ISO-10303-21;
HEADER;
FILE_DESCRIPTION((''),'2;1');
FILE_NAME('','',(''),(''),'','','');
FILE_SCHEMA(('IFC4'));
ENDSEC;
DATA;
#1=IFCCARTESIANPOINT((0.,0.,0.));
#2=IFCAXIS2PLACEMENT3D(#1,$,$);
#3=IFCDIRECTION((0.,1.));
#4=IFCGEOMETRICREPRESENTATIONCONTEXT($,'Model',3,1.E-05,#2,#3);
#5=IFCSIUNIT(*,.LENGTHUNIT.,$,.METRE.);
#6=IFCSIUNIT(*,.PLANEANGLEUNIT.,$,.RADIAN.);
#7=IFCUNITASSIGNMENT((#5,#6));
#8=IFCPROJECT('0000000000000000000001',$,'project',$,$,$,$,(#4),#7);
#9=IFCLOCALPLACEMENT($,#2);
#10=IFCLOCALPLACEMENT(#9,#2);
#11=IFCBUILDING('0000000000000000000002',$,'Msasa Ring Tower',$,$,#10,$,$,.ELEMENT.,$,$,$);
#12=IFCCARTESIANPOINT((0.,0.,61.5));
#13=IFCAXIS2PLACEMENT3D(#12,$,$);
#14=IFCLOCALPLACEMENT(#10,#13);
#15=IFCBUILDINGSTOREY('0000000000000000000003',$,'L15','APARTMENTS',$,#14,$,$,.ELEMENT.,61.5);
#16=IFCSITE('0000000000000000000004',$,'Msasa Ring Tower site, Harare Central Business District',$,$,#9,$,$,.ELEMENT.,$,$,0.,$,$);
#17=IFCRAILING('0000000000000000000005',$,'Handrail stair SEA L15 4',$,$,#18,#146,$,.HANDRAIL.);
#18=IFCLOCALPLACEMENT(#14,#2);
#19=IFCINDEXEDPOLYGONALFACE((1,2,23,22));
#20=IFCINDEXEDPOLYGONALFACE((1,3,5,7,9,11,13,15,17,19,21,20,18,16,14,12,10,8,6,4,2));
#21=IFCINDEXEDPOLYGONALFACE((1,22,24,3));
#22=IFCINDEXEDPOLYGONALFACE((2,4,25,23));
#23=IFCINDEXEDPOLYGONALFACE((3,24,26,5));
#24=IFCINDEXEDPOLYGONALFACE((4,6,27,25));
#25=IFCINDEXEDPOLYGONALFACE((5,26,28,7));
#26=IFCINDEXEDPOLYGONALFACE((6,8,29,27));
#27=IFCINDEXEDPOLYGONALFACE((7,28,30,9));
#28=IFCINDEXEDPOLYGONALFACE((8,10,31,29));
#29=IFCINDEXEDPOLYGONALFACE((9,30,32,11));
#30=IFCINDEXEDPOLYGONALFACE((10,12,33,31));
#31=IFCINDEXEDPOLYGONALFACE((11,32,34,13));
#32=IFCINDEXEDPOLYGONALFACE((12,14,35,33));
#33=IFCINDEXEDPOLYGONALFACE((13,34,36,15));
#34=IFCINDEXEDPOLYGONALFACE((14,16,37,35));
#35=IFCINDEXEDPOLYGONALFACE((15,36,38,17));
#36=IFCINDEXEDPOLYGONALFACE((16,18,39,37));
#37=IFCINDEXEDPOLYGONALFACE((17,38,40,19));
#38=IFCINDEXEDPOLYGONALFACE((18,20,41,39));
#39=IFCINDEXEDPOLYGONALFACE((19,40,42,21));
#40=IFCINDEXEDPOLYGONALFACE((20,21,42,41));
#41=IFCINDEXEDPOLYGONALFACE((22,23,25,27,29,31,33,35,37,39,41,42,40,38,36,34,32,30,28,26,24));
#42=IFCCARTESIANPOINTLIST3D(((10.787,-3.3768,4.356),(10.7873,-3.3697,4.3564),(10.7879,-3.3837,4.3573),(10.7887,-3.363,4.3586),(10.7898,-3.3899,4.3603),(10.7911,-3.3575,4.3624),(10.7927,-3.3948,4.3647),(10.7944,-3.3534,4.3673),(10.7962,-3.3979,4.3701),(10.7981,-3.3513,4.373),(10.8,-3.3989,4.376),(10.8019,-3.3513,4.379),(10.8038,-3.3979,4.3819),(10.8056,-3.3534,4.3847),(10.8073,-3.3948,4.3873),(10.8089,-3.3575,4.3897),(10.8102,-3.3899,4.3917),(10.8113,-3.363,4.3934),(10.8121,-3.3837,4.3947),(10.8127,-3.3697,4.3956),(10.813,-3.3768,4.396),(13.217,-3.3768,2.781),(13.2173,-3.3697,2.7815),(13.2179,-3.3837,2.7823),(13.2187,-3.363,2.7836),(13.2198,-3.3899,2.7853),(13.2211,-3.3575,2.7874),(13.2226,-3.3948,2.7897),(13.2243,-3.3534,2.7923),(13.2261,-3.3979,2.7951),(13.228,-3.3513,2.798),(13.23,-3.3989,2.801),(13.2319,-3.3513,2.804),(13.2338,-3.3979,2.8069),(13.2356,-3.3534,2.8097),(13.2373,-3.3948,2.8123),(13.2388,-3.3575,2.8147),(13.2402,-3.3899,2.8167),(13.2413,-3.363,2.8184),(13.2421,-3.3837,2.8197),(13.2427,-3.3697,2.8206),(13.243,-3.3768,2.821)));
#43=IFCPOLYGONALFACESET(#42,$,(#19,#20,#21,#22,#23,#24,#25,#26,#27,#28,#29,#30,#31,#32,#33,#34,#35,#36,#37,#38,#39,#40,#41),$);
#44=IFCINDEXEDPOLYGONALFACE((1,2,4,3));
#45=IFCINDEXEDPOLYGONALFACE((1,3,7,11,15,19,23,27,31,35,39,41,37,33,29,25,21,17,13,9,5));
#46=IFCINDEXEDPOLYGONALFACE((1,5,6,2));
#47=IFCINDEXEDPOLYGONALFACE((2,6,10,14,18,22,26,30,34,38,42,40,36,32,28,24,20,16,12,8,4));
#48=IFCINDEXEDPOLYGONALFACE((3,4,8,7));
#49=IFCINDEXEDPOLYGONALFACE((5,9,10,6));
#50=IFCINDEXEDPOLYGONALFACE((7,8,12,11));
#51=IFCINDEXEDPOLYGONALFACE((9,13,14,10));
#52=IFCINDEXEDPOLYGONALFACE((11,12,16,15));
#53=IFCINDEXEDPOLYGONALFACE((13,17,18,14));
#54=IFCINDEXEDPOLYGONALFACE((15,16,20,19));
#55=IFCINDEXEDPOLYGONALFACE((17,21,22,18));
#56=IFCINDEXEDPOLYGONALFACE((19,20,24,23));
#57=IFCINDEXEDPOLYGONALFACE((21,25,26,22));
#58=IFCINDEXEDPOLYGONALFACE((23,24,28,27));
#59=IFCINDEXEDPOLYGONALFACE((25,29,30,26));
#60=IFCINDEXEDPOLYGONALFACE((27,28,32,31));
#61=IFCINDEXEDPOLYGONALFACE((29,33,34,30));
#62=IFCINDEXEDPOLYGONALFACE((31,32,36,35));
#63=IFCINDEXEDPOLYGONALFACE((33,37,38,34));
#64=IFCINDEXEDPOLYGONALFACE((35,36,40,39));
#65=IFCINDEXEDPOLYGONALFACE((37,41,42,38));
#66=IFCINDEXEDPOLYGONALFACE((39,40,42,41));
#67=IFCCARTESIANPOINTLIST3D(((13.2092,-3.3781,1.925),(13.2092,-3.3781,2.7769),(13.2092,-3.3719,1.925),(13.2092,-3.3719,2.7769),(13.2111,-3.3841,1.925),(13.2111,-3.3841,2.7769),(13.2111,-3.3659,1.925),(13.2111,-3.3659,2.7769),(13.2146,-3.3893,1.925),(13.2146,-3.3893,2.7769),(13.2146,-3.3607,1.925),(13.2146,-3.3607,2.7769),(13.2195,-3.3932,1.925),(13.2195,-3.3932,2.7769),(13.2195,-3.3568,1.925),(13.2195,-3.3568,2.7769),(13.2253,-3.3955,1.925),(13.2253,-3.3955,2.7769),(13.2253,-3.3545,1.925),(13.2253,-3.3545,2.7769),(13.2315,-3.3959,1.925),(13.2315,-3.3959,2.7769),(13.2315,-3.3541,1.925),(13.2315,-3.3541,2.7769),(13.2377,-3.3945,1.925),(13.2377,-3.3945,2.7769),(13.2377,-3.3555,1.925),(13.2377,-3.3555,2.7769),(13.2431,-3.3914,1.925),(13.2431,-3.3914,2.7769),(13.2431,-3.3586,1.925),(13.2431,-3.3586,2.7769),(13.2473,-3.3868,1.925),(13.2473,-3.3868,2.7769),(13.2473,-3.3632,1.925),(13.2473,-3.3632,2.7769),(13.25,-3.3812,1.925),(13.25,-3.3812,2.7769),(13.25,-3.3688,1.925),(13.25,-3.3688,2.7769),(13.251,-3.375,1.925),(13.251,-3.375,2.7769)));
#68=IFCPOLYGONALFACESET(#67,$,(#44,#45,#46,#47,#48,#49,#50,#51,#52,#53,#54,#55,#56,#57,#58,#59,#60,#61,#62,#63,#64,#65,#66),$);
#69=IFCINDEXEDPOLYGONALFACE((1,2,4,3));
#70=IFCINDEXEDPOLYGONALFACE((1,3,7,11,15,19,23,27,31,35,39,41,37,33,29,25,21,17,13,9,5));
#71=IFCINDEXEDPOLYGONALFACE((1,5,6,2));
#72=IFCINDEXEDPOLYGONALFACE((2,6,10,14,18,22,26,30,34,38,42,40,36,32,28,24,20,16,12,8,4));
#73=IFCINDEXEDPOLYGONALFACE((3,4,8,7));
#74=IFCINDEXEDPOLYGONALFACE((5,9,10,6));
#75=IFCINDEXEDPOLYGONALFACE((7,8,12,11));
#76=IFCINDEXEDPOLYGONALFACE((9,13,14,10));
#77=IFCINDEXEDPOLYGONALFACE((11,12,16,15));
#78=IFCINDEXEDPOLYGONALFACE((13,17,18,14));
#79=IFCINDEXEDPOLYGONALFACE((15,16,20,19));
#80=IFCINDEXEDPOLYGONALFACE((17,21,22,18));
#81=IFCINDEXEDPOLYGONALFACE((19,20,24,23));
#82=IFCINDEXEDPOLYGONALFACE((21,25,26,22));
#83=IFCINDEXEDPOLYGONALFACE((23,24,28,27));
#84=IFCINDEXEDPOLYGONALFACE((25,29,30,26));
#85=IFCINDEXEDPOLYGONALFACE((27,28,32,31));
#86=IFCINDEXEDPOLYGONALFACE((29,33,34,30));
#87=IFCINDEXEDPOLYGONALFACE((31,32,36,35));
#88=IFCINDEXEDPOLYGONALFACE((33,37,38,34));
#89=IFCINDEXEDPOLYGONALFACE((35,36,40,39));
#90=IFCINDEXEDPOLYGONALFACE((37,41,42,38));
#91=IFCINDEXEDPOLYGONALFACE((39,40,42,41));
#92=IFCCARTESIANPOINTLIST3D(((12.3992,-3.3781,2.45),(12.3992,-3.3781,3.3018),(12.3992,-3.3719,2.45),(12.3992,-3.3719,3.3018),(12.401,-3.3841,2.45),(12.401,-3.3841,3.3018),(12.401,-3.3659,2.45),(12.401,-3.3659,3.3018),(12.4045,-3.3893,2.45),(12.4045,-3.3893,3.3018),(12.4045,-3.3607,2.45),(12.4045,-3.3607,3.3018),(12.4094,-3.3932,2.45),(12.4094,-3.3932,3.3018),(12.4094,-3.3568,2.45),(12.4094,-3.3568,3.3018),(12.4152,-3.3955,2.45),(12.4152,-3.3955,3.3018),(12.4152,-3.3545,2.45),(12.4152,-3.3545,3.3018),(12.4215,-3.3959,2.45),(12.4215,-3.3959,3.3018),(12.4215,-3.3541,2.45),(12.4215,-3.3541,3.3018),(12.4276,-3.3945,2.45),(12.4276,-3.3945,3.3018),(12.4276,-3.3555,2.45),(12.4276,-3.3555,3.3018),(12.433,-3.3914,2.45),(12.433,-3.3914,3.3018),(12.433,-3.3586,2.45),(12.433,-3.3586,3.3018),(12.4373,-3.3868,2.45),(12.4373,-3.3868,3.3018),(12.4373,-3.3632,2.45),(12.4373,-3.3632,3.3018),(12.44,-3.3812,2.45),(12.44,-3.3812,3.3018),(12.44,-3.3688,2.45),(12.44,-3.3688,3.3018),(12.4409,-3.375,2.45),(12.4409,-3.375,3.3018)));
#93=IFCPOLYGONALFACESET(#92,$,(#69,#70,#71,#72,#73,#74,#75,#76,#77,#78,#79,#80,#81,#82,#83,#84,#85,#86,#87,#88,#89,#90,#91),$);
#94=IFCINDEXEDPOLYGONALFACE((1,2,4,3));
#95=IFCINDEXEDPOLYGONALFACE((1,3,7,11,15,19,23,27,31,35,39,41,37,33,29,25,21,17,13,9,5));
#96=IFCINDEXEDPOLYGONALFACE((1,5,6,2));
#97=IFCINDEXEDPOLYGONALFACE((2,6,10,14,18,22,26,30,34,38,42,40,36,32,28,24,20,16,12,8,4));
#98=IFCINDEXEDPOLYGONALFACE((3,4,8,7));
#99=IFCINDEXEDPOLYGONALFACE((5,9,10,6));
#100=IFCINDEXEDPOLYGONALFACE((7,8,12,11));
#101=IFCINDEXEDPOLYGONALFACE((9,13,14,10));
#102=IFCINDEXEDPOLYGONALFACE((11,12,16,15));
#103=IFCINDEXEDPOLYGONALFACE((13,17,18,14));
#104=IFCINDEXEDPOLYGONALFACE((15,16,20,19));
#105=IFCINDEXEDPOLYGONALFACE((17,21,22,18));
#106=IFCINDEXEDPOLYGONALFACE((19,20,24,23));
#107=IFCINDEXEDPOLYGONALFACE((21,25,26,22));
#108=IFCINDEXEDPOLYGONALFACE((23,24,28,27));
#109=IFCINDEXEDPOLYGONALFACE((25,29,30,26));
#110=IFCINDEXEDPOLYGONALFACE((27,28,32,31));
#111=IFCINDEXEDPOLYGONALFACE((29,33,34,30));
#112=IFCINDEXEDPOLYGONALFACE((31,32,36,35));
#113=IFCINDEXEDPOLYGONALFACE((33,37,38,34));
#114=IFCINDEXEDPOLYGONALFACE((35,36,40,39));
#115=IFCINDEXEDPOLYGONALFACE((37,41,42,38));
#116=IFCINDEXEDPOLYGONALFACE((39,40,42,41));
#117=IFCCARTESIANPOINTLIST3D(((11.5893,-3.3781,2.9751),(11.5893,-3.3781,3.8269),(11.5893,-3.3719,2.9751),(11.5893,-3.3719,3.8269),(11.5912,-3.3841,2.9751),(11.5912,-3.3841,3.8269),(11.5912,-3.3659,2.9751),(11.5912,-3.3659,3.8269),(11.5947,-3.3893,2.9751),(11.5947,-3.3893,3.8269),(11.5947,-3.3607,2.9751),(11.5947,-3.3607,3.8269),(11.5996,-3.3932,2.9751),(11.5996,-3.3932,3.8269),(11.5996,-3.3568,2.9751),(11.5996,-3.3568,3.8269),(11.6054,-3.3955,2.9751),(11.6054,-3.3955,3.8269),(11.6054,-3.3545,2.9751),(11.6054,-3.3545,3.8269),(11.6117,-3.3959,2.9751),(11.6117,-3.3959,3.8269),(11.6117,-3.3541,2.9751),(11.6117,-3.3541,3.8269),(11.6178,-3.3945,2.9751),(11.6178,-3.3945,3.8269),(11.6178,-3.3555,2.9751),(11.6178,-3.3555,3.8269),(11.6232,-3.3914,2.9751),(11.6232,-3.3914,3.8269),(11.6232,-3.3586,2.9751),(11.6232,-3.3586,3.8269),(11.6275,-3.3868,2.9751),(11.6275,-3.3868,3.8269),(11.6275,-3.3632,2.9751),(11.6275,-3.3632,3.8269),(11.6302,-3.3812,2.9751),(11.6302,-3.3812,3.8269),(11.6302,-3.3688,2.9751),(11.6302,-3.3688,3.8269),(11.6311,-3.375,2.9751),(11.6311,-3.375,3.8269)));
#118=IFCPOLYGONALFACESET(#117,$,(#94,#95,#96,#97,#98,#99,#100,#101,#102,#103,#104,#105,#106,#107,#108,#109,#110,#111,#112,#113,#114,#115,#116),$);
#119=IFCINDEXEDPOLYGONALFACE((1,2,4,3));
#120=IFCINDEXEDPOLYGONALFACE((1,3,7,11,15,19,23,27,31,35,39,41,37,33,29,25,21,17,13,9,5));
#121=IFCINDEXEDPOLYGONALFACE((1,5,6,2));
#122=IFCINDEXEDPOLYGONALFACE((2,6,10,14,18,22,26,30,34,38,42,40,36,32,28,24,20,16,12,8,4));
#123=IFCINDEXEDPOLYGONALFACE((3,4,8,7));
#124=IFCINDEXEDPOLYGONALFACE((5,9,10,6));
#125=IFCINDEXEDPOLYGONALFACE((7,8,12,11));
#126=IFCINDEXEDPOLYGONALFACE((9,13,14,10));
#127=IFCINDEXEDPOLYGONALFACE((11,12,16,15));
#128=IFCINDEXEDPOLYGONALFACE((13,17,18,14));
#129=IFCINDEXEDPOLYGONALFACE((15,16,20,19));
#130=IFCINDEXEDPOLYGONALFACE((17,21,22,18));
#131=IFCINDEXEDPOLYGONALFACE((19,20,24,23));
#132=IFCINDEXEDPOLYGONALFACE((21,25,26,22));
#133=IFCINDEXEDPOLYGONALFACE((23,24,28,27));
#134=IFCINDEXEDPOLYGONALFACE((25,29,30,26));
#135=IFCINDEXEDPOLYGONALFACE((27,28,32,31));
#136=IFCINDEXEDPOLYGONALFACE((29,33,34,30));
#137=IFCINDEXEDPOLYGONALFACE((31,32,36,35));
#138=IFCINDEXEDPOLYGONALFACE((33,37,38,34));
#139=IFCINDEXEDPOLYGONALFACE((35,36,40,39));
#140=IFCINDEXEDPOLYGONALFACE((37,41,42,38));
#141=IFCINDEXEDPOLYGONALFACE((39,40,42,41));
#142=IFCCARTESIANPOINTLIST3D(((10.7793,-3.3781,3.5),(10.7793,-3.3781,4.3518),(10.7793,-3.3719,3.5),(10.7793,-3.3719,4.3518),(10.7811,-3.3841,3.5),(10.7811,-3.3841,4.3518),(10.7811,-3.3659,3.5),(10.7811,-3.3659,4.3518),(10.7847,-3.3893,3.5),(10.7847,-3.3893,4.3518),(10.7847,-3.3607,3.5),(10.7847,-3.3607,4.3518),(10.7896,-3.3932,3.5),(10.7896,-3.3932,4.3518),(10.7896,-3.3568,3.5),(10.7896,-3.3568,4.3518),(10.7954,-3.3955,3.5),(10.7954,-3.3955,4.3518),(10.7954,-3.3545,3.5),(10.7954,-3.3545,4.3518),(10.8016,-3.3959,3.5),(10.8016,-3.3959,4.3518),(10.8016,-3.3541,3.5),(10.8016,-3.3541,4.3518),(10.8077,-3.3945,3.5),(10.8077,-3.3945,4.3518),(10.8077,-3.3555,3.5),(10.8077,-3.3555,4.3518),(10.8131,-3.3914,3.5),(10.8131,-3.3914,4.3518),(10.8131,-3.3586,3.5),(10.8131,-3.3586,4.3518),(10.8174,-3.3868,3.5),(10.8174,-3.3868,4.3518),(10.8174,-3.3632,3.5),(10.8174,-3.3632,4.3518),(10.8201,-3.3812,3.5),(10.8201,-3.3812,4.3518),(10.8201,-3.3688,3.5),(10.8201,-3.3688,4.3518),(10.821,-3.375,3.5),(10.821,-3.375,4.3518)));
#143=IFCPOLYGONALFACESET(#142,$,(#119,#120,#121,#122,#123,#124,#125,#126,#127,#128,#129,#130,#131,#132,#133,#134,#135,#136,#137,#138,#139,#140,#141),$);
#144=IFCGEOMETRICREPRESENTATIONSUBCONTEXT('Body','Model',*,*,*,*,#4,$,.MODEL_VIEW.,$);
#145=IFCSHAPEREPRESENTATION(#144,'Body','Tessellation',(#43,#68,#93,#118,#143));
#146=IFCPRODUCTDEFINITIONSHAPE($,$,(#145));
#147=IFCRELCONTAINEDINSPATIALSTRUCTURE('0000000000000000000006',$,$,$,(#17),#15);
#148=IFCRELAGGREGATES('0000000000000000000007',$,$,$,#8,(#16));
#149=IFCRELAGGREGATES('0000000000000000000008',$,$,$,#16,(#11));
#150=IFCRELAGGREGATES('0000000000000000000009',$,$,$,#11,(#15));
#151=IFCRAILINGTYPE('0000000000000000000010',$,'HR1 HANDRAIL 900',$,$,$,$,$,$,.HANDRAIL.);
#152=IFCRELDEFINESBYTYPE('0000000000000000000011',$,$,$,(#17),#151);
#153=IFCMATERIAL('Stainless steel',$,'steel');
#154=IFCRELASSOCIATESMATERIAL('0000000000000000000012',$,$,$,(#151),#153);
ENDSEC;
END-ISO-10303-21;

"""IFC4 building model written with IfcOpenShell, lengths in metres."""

from ifc_helpers import new_model, si_unit, direction, frame, origin, origin_2d, place, context, subcontext, project, spatial, circle, extrude, material, type_object, element, save


model = new_model("IFC4")

# Units and contexts
model_context = context("Model", 3, precision=1e-05, world=origin(), true_north=direction((0.0, 1.0)))
body_context = subcontext(model_context, "Body", "Model", "MODEL_VIEW")
ifc_project = project(units=[si_unit("LENGTHUNIT", "METRE"), si_unit("PLANEANGLEUNIT", "RADIAN")], contexts=[model_context])

# Site, building, storey
site_placement = place(None, origin())
site = spatial("IfcSite", under=ifc_project, at=site_placement, Name="Msasa Ring Tower site, Harare Central Business District", CompositionType="ELEMENT", RefElevation=0.0)
building_placement = place(site_placement, origin())
building = spatial("IfcBuilding", under=site, at=building_placement, Name="Msasa Ring Tower", CompositionType="ELEMENT")
storey_placement = place(building_placement, frame((0.0, 0.0, 61.5)))
storey = spatial("IfcBuildingStorey", under=building, at=storey_placement, Name="L15", Description="APARTMENTS", CompositionType="ELEMENT", Elevation=61.5)

# Railing
ifc_material_1 = material(Name="Stainless steel", Category="steel")
railing_type = type_object("IfcRailingType", Name="HR1 HANDRAIL 900", PredefinedType="HANDRAIL", material=ifc_material_1)
railing_placement = place(storey_placement, frame((13.23, -3.375, 1.925)))
element("IfcRailing", 1, at=railing_placement, inside=storey, type_object=railing_type, Name="Handrail stair SEA L15 4", PredefinedType="HANDRAIL", context=body_context, shape_type="SweptSolid", body=[
    extrude(circle(Radius=0.0239, at=origin_2d()), frame((0.0, 0.0, 0.876), z_axis=(-0.839154, 0.0, 0.543894), x_axis=(0.0, -1.0, 0.0)), (0.0, 0.0, 1.0), 2.8958),
    extrude(circle(Radius=0.021, at=origin_2d()), origin(), (0.0, 0.0, 1.0), 0.8518),
    extrude(circle(Radius=0.021, at=origin_2d()), frame((-0.8101, 0.0, 0.5249)), (0.0, 0.0, 1.0), 0.8518),
    extrude(circle(Radius=0.021, at=origin_2d()), frame((-1.6199, 0.0, 1.05)), (0.0, 0.0, 1.0), 0.8518),
    extrude(circle(Radius=0.021, at=origin_2d()), frame((-2.4299, 0.0, 1.575)), (0.0, 0.0, 1.0), 0.8518),
])

save(model, "model.ifc")
